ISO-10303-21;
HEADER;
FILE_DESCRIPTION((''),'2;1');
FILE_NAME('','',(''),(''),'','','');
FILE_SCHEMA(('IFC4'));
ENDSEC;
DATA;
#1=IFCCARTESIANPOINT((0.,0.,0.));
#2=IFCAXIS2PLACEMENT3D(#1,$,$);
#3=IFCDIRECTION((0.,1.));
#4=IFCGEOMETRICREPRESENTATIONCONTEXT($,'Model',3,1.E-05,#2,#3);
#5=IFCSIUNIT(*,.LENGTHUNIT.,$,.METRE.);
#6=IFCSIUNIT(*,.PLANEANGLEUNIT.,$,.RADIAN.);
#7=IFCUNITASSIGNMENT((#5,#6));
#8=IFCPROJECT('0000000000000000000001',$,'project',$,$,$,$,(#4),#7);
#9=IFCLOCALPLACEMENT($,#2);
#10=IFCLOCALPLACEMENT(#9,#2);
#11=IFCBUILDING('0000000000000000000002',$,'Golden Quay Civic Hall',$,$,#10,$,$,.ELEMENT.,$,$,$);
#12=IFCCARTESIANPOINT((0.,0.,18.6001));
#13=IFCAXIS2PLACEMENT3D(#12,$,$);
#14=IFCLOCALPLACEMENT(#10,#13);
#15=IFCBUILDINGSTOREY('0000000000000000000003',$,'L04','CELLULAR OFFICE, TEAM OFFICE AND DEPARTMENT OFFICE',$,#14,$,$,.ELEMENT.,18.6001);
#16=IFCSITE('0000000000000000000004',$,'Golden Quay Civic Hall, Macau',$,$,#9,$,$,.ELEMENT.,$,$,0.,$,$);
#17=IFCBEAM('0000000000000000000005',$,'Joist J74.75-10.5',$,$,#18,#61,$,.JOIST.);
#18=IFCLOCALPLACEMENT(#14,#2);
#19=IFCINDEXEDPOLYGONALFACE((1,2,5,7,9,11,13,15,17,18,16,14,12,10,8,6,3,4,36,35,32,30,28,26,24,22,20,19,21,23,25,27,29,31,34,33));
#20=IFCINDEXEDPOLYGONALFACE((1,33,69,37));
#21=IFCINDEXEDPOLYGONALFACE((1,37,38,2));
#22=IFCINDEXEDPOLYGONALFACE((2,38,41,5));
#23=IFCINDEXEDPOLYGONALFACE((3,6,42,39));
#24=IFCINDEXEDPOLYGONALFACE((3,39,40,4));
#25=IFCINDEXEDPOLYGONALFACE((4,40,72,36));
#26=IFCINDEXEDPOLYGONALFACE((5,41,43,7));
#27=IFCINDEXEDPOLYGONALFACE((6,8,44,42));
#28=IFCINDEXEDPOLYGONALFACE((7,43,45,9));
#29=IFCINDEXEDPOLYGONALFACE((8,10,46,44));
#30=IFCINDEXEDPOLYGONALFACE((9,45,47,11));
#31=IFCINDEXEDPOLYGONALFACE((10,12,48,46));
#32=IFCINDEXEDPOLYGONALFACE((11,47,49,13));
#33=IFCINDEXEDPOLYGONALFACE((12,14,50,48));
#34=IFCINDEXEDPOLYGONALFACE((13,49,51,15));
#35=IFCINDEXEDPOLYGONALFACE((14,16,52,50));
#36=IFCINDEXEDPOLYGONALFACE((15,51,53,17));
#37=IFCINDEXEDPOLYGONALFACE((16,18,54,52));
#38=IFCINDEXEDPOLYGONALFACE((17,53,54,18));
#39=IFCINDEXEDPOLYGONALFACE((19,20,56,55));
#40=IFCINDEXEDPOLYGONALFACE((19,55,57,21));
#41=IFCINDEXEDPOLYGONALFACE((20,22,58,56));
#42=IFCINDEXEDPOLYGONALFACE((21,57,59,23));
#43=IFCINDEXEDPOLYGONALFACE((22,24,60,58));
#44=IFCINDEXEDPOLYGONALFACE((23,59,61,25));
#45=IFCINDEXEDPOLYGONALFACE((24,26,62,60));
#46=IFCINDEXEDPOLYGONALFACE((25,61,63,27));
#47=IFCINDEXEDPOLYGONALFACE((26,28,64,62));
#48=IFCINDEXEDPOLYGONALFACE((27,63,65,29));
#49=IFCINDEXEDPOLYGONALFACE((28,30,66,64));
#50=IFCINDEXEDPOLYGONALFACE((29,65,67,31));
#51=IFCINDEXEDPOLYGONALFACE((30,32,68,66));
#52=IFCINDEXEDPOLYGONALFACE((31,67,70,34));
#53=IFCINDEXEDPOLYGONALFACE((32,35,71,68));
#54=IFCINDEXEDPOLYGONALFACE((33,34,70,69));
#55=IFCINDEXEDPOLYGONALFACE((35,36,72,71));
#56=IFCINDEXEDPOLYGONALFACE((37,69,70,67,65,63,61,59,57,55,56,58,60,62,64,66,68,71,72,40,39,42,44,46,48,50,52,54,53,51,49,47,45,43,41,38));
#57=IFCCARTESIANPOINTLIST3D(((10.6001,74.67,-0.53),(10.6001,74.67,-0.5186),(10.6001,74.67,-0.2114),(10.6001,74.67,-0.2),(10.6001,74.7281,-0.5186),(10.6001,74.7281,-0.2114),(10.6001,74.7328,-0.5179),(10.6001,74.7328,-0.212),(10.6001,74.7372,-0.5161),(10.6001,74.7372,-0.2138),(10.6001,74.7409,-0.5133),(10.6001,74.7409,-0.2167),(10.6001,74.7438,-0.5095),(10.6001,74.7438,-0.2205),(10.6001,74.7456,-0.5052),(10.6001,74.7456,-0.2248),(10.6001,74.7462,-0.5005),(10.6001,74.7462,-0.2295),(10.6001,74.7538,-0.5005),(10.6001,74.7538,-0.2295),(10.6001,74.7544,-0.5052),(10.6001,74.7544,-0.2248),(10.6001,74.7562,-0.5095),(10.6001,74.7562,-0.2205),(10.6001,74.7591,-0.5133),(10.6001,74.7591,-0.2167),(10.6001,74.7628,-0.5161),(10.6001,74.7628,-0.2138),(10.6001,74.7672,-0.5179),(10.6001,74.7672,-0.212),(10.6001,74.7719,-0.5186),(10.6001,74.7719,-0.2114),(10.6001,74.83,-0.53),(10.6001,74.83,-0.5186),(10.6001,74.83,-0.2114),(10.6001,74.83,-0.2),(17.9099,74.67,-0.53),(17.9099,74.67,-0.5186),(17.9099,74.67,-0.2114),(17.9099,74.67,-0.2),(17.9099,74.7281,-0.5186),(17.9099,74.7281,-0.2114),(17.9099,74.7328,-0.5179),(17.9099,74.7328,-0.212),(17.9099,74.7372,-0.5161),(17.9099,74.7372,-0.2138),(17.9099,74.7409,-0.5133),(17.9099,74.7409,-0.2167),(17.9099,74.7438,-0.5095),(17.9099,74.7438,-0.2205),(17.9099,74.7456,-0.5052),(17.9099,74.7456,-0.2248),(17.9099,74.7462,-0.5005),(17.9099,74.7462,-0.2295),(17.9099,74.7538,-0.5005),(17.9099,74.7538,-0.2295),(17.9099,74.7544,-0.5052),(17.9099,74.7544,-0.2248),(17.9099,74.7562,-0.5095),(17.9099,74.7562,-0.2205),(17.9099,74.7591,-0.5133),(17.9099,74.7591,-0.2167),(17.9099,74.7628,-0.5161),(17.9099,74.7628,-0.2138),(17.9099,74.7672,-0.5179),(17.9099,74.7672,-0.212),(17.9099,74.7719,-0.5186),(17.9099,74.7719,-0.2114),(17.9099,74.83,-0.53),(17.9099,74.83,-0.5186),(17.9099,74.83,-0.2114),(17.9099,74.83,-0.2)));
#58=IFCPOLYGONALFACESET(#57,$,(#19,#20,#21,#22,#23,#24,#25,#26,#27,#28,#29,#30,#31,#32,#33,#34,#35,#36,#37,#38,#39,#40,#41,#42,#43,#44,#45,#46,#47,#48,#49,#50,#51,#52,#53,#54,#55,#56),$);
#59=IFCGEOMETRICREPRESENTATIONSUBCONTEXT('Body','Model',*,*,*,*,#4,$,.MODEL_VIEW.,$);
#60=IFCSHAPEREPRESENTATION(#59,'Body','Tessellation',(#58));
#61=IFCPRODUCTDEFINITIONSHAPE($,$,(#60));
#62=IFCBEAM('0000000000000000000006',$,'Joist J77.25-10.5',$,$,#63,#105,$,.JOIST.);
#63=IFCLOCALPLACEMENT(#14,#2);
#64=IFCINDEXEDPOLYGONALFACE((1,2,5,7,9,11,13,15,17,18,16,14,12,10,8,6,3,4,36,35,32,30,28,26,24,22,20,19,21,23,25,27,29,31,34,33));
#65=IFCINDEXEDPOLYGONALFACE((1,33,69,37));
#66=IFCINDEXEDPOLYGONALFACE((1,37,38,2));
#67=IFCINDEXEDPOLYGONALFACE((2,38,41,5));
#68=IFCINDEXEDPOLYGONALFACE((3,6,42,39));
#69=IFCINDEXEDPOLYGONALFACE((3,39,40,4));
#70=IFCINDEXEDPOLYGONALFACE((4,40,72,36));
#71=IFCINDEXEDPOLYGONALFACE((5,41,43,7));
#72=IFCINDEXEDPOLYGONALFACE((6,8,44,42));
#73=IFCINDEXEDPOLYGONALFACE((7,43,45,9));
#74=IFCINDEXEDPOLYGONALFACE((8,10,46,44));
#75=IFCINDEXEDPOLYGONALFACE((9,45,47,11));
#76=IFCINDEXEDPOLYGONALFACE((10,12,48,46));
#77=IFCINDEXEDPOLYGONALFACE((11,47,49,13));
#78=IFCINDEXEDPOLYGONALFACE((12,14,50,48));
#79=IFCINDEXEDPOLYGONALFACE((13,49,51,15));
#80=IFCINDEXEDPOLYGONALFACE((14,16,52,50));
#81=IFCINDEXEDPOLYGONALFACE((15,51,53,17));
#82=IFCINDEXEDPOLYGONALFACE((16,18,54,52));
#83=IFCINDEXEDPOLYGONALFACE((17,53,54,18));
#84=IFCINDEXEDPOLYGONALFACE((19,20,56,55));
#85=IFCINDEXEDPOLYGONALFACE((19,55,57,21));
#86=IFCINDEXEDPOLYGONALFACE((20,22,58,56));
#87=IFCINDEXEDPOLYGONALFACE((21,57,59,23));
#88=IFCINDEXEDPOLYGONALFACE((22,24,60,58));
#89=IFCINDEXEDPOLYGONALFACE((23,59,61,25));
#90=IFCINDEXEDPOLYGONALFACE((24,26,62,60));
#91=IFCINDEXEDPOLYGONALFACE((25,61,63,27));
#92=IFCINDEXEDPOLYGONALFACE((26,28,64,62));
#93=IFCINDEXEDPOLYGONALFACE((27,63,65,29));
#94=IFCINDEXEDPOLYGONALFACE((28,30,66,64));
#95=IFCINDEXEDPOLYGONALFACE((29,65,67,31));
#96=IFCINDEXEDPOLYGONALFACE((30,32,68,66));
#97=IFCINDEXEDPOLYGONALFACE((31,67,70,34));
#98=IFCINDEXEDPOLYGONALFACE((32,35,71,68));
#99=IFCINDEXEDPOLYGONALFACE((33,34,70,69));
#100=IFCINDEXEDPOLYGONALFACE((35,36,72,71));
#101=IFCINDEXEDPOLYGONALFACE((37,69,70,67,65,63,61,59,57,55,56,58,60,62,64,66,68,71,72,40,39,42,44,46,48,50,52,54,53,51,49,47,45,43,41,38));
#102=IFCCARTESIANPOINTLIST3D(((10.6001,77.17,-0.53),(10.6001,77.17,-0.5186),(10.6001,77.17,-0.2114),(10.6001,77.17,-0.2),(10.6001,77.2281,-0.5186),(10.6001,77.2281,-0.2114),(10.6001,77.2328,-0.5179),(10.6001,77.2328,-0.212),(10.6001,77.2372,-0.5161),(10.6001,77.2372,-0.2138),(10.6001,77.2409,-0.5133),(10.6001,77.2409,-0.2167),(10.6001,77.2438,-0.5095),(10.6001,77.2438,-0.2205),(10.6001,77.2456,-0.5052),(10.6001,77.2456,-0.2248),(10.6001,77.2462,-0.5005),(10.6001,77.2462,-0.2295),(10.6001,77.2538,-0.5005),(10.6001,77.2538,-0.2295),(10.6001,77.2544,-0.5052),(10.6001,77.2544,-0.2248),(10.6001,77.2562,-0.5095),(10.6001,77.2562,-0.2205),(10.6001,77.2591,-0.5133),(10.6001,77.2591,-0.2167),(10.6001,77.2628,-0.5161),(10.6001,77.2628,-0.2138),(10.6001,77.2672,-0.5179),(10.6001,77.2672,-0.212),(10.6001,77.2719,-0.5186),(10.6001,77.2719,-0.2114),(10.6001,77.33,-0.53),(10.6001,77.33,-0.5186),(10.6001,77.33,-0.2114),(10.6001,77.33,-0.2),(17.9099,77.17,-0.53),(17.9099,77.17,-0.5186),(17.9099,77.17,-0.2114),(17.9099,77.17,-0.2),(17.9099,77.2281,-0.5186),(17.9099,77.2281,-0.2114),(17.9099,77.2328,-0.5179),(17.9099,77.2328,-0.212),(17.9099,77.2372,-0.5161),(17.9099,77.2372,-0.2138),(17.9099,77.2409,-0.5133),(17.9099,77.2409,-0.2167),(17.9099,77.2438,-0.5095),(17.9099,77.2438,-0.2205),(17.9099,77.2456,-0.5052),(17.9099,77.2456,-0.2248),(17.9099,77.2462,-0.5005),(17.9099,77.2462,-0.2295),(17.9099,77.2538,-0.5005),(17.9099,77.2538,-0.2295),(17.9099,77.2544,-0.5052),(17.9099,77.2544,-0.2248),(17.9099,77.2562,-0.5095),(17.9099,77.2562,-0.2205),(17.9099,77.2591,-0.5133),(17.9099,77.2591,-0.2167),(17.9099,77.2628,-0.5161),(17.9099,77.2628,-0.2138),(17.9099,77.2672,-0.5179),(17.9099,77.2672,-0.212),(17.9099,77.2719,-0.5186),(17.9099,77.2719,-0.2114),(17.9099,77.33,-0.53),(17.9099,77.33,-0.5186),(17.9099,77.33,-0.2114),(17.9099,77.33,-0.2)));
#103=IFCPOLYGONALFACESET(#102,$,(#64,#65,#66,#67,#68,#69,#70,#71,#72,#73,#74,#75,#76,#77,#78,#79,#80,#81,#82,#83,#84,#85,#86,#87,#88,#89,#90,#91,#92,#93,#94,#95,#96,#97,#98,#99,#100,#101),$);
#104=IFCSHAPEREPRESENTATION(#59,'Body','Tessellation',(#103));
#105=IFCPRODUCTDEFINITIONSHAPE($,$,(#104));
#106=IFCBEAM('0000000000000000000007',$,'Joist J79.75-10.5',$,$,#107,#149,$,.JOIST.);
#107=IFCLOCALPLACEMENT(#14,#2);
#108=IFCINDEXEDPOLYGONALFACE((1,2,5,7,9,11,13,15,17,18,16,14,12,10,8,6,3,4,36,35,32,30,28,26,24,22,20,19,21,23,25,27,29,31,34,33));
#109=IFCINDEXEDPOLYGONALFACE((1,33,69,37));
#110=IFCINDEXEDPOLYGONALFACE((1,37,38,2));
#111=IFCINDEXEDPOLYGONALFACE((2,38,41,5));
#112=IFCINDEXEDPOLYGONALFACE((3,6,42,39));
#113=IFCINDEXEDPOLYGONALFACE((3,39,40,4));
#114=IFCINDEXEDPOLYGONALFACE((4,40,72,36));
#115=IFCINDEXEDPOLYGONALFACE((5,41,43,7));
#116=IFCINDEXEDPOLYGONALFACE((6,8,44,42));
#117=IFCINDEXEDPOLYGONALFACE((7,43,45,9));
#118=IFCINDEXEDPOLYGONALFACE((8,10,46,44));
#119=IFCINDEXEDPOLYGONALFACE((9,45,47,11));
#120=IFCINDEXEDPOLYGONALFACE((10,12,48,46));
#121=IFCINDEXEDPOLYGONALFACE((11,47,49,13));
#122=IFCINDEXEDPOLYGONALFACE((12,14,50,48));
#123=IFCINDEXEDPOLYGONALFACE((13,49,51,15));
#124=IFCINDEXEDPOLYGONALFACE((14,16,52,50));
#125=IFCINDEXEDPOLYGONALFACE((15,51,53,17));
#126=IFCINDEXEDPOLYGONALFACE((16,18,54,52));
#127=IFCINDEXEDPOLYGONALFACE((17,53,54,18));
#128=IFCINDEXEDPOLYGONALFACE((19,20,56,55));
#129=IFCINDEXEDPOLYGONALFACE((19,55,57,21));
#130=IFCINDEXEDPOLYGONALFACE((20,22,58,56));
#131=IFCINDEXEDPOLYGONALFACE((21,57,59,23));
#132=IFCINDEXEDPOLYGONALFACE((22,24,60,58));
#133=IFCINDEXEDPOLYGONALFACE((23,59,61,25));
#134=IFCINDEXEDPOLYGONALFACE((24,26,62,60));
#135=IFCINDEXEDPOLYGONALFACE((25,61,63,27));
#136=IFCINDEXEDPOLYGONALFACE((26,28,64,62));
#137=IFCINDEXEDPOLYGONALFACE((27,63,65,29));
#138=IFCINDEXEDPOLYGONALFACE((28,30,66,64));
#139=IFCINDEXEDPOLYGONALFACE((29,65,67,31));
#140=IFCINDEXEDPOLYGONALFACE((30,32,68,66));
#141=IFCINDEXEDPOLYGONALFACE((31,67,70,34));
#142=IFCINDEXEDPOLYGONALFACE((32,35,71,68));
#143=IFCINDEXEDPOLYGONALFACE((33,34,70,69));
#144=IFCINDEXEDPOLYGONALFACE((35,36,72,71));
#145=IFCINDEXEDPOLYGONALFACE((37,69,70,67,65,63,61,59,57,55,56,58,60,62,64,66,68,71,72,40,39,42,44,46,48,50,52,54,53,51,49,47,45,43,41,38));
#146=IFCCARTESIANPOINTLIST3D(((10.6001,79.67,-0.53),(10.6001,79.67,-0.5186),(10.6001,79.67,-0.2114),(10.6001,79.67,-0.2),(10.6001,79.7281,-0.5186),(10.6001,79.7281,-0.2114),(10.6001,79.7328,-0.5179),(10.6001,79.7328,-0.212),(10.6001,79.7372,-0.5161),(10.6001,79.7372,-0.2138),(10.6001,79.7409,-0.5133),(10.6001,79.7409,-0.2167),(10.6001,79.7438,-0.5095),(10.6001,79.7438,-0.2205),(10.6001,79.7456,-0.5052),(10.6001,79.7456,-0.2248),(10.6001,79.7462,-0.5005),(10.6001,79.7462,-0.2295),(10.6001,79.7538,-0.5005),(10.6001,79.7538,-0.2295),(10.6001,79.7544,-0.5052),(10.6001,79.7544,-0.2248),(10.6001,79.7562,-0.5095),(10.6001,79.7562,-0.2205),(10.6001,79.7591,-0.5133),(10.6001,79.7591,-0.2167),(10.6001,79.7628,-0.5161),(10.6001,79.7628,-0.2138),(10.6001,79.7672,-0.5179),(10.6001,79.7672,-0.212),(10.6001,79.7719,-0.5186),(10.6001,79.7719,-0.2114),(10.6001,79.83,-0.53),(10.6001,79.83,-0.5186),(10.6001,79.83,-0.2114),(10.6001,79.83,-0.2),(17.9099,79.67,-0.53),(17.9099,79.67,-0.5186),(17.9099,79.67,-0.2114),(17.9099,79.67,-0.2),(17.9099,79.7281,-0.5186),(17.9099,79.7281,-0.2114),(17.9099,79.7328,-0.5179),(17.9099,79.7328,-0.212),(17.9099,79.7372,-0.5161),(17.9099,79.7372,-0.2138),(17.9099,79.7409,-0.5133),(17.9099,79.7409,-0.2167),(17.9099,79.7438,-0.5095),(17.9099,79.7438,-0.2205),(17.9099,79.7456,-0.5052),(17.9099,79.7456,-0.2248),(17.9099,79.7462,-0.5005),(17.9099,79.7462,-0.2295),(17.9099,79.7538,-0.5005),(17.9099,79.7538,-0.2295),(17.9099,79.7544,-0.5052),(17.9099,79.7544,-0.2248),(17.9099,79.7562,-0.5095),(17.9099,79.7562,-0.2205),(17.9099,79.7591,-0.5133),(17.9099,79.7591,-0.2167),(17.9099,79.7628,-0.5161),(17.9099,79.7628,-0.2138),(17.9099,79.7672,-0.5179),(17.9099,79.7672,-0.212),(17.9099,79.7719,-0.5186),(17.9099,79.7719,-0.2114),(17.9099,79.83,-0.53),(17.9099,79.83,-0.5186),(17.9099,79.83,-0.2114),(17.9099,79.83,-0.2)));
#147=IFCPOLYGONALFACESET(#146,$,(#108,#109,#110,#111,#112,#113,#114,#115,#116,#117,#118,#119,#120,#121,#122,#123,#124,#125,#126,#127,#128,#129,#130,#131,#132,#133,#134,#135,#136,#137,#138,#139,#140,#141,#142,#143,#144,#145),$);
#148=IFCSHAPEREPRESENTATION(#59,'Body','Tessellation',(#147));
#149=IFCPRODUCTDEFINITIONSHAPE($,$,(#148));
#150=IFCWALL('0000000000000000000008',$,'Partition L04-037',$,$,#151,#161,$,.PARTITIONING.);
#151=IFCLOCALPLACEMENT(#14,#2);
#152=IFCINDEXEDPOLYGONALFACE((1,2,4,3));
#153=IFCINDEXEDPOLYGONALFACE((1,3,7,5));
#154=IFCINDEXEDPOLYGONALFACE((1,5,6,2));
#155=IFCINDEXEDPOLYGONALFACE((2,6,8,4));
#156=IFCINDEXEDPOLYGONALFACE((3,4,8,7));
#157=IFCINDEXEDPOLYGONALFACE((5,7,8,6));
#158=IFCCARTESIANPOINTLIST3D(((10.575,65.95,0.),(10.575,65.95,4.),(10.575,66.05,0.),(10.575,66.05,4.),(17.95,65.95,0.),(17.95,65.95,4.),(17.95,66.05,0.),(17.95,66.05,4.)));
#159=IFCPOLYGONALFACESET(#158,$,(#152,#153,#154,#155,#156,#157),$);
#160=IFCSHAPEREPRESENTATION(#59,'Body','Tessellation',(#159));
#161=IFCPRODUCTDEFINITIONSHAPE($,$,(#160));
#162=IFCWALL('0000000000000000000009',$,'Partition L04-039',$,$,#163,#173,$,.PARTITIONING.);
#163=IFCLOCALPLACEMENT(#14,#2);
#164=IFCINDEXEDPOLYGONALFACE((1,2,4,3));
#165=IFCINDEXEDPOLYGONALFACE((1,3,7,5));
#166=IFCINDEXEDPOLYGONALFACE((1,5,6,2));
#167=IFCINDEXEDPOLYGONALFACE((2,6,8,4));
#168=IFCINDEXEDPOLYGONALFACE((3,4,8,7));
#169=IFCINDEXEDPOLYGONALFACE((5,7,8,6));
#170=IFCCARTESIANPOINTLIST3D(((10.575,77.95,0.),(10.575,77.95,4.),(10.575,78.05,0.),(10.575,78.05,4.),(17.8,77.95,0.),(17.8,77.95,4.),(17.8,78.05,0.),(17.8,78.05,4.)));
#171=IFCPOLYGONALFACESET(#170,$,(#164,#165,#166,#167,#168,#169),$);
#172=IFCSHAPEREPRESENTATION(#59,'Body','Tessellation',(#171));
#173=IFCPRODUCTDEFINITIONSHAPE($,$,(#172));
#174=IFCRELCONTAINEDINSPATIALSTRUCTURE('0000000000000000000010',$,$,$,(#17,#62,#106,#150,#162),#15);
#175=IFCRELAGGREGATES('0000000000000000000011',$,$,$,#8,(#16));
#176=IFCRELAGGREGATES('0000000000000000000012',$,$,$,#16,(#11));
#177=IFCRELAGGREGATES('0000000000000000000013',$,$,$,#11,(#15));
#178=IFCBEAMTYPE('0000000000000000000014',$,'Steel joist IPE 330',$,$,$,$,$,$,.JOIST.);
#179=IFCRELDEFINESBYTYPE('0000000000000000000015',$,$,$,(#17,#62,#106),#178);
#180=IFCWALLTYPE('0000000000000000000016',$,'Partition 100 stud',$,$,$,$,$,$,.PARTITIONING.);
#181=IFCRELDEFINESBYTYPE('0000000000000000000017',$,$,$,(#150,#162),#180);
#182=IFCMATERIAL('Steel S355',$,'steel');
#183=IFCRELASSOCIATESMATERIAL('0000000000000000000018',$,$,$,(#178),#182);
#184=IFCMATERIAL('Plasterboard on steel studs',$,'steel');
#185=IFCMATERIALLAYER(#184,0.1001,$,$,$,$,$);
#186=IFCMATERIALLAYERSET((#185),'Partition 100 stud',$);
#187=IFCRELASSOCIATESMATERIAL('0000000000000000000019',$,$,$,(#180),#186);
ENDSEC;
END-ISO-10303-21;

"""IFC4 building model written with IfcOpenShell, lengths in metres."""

from ifc_helpers import new_model, si_unit, direction, frame, frame_2d, origin, origin_2d, place, context, subcontext, project, spatial, rectangle, i_section, extrude, material, layer, layer_set, material_profile, profile_set, type_object, element, save


model = new_model("IFC4")

# Units and contexts
model_context = context("Model", 3, precision=1e-05, world=origin(), true_north=direction((0.0, 1.0)))
body_context = subcontext(model_context, "Body", "Model", "MODEL_VIEW")
ifc_project = project(units=[si_unit("LENGTHUNIT", "METRE"), si_unit("PLANEANGLEUNIT", "RADIAN")], contexts=[model_context])

# Site, building, storey
site_placement = place(None, origin())
site = spatial("IfcSite", under=ifc_project, at=site_placement, Name="Golden Quay Civic Hall, Macau", CompositionType="ELEMENT", RefElevation=0.0)
building_placement = place(site_placement, origin())
building = spatial("IfcBuilding", under=site, at=building_placement, Name="Golden Quay Civic Hall", CompositionType="ELEMENT")
storey_placement = place(building_placement, frame((0.0, 0.0, 18.6001)))
storey = spatial("IfcBuildingStorey", under=building, at=storey_placement, Name="L04", Description="CELLULAR OFFICE, TEAM OFFICE AND DEPARTMENT OFFICE", CompositionType="ELEMENT", Elevation=18.6001)

# Beams
ifc_material_1 = material(Name="Steel S355", Category="steel")
ifc_material_profile_1 = material_profile(ifc_material_1, i_section(OverallWidth=0.1599, OverallDepth=0.3301, WebThickness=0.0076, FlangeThickness=0.0115, FilletRadius=0.0181, at=origin_2d()), Name="IPE 330")
ifc_profile_set_1 = profile_set([ifc_material_profile_1], Name="Steel S355")
beam_type_1 = type_object("IfcBeamType", Name="Steel joist IPE 330", PredefinedType="JOIST", material=ifc_profile_set_1)
for number, where, z_axis, x_axis, name in (
    (1, (10.6001, 74.75, -0.365), (1.0, 0.0, 0.0), (0.0, 1.0, 0.0), "Joist J74.75-10.5"),
    (2, (10.6001, 77.25, -0.365), (1.0, 0.0, 0.0), (0.0, 1.0, 0.0), "Joist J77.25-10.5"),
    (3, (10.6001, 79.75, -0.365), (1.0, 0.0, 0.0), (0.0, 1.0, 0.0), "Joist J79.75-10.5"),
):
    element("IfcBeam", number, at=place(storey_placement, frame(where, z_axis=z_axis, x_axis=x_axis)), inside=storey, type_object=beam_type_1, Name=name, PredefinedType="JOIST", context=body_context, shape_type="SweptSolid", body=[
        extrude(i_section(OverallWidth=0.1599, OverallDepth=0.3301, WebThickness=0.0076, FlangeThickness=0.0115, FilletRadius=0.0181, at=origin_2d()), origin(), (0.0, 0.0, 1.0), 7.3098),
    ])

# Walls
ifc_material_2 = material(Name="Plasterboard on steel studs", Category="steel")
ifc_layer_1 = layer(ifc_material_2, 0.1001)
ifc_layer_set_1 = layer_set([ifc_layer_1], Name="Partition 100 stud")
wall_type_1 = type_object("IfcWallType", Name="Partition 100 stud", PredefinedType="PARTITIONING", material=ifc_layer_set_1)
wall_1_placement = place(storey_placement, frame((10.575, 66.0, 0.0), z_axis=(0.0, 0.0, 1.0), x_axis=(1.0, 0.0, 0.0)))
element("IfcWall", 4, at=wall_1_placement, inside=storey, type_object=wall_type_1, Name="Partition L04-037", PredefinedType="PARTITIONING", context=body_context, shape_type="SweptSolid", body=[
    extrude(rectangle(XDim=7.375, YDim=0.1001, at=frame_2d((3.6875, 0.0))), origin(), (0.0, 0.0, 1.0), 4.0),
])
wall_2_placement = place(storey_placement, frame((10.575, 78.0, 0.0), z_axis=(0.0, 0.0, 1.0), x_axis=(1.0, 0.0, 0.0)))
element("IfcWall", 5, at=wall_2_placement, inside=storey, type_object=wall_type_1, Name="Partition L04-039", PredefinedType="PARTITIONING", context=body_context, shape_type="SweptSolid", body=[
    extrude(rectangle(XDim=7.2251, YDim=0.1001, at=frame_2d((3.6125, 0.0))), origin(), (0.0, 0.0, 1.0), 4.0),
])

save(model, "model.ifc")
